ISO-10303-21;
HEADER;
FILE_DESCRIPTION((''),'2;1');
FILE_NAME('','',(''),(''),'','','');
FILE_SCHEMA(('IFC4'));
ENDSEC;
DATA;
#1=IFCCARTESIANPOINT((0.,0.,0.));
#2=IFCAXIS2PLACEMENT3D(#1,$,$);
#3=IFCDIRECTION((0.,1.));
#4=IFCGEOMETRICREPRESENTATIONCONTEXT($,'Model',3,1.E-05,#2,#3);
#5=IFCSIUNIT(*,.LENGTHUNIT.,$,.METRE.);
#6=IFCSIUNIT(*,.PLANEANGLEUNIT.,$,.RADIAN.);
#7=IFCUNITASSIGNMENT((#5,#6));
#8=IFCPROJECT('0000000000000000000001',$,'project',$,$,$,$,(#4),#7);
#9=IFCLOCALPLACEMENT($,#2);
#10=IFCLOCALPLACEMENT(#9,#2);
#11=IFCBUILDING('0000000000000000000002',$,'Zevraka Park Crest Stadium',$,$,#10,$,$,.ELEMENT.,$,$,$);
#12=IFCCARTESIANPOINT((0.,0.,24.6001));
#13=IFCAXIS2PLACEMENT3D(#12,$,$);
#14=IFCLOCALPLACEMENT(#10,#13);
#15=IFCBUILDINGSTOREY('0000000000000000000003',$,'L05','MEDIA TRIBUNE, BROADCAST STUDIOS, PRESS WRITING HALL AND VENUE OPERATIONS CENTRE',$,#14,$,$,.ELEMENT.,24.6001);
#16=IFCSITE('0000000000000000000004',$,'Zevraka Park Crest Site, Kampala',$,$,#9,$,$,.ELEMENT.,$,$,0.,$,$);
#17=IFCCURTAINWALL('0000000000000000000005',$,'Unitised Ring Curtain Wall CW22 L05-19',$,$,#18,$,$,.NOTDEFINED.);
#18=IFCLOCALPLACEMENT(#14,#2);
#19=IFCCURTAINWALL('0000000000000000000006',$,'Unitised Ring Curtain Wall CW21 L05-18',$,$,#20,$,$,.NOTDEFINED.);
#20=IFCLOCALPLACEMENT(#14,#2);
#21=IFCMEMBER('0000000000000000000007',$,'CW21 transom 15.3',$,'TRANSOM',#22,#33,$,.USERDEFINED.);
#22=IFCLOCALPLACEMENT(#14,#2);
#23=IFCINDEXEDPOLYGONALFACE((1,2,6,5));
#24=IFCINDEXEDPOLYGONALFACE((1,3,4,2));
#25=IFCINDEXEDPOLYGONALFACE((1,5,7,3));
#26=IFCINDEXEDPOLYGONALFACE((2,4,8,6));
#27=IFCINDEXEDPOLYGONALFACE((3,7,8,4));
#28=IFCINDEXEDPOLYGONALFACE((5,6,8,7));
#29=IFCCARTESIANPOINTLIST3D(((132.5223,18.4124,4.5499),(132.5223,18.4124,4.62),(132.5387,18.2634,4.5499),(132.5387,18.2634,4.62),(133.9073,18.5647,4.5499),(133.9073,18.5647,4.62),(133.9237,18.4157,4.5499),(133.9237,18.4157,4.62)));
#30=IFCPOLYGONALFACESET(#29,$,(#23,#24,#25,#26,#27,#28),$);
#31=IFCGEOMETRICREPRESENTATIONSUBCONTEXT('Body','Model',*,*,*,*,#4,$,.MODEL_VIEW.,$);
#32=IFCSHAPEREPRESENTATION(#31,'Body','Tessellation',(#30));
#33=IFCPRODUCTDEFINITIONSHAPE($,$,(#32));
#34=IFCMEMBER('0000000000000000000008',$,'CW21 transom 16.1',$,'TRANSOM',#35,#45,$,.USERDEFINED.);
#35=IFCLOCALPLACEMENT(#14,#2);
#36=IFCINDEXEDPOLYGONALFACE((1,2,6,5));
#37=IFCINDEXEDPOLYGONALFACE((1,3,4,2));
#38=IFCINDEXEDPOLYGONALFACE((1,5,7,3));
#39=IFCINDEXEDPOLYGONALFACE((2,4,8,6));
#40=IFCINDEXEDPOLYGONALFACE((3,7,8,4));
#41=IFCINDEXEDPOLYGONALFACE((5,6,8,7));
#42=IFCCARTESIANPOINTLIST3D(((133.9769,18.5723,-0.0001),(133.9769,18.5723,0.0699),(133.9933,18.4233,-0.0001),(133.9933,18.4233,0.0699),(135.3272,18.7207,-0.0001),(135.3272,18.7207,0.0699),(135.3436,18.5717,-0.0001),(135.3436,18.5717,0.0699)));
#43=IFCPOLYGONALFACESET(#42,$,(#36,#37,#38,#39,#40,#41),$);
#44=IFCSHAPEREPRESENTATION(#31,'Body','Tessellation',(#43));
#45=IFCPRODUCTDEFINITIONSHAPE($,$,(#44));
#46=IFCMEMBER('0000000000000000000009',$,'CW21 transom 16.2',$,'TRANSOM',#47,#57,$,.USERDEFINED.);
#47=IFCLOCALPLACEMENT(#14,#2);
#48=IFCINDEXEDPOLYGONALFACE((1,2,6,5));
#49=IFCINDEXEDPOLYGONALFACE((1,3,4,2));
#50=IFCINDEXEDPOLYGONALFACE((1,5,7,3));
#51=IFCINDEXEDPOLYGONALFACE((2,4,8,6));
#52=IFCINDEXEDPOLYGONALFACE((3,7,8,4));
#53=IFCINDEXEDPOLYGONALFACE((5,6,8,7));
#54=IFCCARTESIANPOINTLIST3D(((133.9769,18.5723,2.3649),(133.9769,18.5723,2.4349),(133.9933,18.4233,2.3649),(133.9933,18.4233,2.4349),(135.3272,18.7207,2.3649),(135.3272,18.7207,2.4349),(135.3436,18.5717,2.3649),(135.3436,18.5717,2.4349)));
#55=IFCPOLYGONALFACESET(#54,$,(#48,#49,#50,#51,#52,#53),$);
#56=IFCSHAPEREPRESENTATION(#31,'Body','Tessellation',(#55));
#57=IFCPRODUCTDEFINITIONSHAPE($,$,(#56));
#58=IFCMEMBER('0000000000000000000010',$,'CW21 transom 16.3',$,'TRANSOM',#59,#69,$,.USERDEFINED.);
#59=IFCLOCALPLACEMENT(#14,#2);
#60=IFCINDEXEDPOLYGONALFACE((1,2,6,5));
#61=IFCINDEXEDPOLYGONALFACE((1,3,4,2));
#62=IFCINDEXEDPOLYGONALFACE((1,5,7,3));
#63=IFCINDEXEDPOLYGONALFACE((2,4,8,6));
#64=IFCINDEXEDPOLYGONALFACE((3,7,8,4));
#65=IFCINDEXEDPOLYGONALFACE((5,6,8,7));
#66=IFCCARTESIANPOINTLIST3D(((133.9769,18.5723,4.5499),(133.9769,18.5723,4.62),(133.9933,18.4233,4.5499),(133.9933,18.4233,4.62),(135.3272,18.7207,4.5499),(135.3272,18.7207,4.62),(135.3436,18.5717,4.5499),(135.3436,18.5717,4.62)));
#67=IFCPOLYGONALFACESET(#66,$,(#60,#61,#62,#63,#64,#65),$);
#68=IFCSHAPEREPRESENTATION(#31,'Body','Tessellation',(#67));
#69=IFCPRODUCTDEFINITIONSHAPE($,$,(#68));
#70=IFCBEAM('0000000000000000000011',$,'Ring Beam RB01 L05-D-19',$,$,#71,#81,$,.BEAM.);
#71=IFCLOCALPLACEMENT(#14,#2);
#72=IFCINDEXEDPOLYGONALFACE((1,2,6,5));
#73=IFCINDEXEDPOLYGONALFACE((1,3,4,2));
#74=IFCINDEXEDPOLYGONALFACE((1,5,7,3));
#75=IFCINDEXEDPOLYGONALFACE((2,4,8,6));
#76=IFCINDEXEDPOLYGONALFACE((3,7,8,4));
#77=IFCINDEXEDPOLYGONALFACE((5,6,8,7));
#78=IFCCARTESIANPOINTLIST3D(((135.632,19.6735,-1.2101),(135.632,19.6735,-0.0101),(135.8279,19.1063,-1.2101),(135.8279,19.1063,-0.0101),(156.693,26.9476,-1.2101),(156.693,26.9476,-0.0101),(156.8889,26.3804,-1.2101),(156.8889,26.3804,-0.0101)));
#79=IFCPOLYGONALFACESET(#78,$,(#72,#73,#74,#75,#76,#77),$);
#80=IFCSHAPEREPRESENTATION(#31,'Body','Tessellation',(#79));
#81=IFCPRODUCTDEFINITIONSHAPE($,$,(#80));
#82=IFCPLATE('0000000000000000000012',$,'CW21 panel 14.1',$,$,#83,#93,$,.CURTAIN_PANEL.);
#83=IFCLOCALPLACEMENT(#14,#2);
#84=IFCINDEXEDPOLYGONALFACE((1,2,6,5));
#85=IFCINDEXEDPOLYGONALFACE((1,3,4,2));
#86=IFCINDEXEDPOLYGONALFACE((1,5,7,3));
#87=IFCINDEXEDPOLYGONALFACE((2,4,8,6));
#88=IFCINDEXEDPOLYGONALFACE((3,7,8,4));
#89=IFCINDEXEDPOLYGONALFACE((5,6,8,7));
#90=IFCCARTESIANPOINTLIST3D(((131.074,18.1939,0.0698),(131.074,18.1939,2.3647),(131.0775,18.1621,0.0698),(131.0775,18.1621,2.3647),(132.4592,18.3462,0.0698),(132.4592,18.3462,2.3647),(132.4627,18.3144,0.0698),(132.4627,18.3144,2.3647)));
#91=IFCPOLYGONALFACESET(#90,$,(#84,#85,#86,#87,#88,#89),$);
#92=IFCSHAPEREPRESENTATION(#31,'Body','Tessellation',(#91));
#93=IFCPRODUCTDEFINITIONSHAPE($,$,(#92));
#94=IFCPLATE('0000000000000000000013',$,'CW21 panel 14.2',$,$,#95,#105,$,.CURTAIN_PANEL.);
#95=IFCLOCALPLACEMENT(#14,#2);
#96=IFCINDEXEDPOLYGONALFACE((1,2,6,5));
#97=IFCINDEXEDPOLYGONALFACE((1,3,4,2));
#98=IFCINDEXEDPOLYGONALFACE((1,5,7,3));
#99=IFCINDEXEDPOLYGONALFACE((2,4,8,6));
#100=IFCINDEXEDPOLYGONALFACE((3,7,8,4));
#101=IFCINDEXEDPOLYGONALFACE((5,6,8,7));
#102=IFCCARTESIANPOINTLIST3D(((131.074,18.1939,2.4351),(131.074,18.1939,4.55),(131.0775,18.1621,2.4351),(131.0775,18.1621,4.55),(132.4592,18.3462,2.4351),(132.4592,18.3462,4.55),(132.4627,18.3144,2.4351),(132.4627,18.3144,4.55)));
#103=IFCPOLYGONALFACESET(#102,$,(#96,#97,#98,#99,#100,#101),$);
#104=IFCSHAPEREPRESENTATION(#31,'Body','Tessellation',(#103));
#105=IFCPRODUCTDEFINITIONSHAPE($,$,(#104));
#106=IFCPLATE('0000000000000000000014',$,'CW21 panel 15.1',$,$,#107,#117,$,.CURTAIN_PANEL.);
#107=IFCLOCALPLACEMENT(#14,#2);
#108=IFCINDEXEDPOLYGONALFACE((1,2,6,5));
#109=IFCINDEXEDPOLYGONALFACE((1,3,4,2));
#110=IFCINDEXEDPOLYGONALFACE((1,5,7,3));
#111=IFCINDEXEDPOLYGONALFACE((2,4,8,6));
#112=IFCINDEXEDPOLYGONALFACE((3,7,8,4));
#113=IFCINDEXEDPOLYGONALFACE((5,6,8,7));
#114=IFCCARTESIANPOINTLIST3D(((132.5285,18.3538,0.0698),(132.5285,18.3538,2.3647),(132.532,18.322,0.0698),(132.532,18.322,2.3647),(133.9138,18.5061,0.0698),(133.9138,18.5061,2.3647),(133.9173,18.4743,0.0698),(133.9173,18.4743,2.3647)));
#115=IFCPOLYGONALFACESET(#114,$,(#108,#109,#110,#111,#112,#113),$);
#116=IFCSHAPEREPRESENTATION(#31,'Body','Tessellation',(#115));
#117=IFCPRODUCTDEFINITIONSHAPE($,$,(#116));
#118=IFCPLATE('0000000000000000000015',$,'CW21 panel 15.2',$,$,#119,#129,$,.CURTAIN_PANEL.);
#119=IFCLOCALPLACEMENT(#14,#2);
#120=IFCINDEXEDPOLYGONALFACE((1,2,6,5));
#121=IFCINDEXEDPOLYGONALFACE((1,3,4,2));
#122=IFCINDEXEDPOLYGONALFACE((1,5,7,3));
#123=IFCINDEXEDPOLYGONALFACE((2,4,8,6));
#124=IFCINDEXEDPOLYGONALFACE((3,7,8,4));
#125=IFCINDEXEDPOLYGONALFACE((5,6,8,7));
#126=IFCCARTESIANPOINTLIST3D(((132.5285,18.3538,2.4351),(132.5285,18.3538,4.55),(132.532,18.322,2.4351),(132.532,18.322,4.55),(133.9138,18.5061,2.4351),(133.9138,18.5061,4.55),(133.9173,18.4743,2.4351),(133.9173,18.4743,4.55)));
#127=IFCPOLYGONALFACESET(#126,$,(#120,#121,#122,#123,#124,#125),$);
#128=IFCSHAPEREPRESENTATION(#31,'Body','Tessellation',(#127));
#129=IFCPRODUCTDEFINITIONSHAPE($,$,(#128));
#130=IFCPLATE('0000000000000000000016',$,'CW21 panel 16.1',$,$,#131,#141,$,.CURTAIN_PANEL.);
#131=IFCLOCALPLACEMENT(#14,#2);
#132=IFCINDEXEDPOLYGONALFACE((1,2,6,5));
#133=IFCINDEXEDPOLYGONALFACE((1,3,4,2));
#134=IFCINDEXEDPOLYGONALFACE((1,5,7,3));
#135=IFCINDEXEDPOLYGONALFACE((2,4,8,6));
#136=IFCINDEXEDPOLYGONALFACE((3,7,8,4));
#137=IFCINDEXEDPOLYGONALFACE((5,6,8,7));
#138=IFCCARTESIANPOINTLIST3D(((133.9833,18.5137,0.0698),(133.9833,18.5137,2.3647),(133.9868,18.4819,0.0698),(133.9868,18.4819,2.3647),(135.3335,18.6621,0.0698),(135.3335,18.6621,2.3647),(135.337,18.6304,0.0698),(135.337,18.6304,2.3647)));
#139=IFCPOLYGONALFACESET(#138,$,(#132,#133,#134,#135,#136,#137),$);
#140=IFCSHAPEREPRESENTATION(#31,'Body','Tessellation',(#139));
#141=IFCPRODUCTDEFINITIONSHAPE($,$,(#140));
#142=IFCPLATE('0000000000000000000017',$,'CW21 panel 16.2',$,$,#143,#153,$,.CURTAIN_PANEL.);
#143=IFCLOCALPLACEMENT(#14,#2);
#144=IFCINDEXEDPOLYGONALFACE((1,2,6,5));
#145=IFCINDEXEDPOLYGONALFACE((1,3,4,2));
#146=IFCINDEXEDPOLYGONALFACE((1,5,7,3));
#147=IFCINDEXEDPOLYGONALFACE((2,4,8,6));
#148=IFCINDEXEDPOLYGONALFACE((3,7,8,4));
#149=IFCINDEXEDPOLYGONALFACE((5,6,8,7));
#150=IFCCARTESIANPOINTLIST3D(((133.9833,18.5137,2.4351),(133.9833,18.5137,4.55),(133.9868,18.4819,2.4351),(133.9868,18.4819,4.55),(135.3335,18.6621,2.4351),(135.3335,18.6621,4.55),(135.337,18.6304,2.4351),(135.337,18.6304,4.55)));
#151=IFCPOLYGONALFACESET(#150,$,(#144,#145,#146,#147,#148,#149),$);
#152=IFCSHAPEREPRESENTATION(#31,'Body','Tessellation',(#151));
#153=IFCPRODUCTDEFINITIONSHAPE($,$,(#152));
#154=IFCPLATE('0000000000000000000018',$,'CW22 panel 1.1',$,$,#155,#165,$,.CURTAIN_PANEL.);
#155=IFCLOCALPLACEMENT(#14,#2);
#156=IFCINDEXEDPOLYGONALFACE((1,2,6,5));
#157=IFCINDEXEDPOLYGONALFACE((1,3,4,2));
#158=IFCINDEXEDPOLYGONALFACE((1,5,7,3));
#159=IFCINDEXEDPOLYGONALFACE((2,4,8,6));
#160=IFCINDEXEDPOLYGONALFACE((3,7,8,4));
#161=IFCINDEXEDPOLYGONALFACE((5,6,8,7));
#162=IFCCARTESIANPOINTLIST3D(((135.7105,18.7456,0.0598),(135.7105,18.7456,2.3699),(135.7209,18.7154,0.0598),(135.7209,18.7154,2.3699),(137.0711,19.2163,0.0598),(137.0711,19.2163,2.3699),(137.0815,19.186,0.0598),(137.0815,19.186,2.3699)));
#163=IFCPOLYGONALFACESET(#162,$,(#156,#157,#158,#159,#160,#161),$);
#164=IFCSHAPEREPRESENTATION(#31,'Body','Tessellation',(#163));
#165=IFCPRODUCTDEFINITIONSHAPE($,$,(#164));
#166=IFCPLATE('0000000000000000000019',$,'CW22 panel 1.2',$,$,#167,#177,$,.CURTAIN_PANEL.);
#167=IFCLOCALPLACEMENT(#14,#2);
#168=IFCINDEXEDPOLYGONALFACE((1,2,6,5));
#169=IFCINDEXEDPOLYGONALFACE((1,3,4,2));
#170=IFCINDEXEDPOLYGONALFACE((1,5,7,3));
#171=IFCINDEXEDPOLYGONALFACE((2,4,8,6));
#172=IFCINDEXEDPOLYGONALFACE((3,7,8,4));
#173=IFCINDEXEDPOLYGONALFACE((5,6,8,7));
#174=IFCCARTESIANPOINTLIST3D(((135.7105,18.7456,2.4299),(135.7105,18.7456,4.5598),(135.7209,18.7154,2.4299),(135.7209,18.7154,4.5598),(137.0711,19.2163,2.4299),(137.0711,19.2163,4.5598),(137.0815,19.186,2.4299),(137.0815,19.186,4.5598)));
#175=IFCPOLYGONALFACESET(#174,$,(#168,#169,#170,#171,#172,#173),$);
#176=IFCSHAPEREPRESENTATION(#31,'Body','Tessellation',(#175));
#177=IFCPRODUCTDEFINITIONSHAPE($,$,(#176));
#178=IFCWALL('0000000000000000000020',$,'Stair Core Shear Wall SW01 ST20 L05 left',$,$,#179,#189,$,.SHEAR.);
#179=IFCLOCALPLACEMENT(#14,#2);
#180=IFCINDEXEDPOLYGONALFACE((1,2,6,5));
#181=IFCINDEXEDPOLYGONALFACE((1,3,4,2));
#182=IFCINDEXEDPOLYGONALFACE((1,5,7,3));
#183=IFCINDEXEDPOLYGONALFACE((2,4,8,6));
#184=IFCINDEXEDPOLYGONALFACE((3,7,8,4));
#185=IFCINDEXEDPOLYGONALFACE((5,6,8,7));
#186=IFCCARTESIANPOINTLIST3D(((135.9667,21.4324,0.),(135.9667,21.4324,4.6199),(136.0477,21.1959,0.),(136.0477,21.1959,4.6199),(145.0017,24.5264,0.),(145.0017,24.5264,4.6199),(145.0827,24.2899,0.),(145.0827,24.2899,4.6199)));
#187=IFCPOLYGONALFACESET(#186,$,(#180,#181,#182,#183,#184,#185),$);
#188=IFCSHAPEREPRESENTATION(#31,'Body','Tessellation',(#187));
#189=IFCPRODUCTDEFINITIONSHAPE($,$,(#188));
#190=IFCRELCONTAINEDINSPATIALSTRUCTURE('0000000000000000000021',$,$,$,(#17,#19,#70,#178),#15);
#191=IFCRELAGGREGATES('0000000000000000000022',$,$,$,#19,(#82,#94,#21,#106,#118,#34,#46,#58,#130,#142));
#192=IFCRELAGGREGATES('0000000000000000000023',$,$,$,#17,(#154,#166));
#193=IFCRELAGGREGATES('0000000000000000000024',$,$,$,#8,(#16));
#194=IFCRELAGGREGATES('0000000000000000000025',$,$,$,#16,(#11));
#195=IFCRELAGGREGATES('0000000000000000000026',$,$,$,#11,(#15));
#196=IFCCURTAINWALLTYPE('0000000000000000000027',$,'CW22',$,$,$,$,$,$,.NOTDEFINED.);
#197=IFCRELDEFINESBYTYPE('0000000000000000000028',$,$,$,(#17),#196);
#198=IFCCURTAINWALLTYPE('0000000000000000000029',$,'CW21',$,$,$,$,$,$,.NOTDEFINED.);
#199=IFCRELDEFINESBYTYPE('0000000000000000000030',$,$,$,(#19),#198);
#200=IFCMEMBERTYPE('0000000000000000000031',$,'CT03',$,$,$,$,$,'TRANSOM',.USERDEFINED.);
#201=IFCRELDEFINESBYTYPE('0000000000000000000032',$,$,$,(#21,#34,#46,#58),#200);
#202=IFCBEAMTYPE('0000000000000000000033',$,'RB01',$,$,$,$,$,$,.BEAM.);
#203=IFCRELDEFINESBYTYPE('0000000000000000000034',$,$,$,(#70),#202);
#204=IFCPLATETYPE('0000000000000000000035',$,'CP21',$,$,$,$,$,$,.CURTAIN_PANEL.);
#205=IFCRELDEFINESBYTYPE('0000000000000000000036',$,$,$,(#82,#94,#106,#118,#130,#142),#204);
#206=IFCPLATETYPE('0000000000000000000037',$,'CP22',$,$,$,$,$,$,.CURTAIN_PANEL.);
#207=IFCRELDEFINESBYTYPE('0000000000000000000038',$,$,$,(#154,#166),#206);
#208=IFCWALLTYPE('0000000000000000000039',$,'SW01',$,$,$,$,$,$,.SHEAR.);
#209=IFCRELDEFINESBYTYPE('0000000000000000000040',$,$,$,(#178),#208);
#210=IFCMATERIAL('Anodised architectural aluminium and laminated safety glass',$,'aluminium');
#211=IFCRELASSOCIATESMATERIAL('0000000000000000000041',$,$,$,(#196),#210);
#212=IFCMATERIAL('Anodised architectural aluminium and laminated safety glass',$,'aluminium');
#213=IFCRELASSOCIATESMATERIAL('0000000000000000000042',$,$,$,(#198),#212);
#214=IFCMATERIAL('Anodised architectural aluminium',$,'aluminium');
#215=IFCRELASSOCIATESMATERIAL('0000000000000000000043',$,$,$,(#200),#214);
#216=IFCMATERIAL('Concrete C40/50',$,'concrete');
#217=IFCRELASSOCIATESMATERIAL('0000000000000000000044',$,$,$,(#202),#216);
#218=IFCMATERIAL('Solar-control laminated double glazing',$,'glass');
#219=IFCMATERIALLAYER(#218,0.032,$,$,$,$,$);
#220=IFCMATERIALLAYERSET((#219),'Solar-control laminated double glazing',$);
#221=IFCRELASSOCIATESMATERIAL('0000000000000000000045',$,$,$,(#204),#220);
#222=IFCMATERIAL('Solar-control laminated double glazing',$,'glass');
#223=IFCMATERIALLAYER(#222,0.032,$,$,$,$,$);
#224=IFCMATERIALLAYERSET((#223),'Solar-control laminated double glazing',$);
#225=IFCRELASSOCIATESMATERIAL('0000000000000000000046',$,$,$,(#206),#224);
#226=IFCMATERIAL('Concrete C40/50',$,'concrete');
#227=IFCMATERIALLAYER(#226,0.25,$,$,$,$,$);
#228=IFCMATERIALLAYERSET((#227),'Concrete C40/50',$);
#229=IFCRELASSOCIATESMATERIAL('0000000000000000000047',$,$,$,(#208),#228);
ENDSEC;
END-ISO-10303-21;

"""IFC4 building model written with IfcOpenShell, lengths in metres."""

from ifc_helpers import new_model, si_unit, direction, frame, frame_2d, origin, origin_2d, place, context, subcontext, project, spatial, rectangle, extrude, material, layer, layer_set, material_profile, profile_set, type_object, element, aggregate, save


model = new_model("IFC4")

# Units and contexts
model_context = context("Model", 3, precision=1e-05, world=origin(), true_north=direction((0.0, 1.0)))
body_context = subcontext(model_context, "Body", "Model", "MODEL_VIEW")
ifc_project = project(units=[si_unit("LENGTHUNIT", "METRE"), si_unit("PLANEANGLEUNIT", "RADIAN")], contexts=[model_context])

# Site, building, storey
site_placement = place(None, origin())
site = spatial("IfcSite", under=ifc_project, at=site_placement, Name="Zevraka Park Crest Site, Kampala", CompositionType="ELEMENT", RefElevation=0.0)
building_placement = place(site_placement, origin())
building = spatial("IfcBuilding", under=site, at=building_placement, Name="Zevraka Park Crest Stadium", CompositionType="ELEMENT")
storey_placement = place(building_placement, frame((0.0, 0.0, 24.6001)))
storey = spatial("IfcBuildingStorey", under=building, at=storey_placement, Name="L05", Description="MEDIA TRIBUNE, BROADCAST STUDIOS, PRESS WRITING HALL AND VENUE OPERATIONS CENTRE", CompositionType="ELEMENT", Elevation=24.6001)

# Curtain walls
ifc_material_1 = material(Name="Anodised architectural aluminium and laminated safety glass", Category="aluminium")
curtain_wall_type_1 = type_object("IfcCurtainWallType", Name="CW22", PredefinedType="NOTDEFINED", material=ifc_material_1)
curtain_wall_1_placement = place(storey_placement, origin())
curtain_wall_1 = element("IfcCurtainWall", 1, at=curtain_wall_1_placement, inside=storey, type_object=curtain_wall_type_1, Name="Unitised Ring Curtain Wall CW22 L05-19", PredefinedType="NOTDEFINED")
ifc_material_2 = material(Name="Anodised architectural aluminium and laminated safety glass", Category="aluminium")
curtain_wall_type_2 = type_object("IfcCurtainWallType", Name="CW21", PredefinedType="NOTDEFINED", material=ifc_material_2)
curtain_wall_2_placement = place(storey_placement, origin())
curtain_wall_2 = element("IfcCurtainWall", 2, at=curtain_wall_2_placement, inside=storey, type_object=curtain_wall_type_2, Name="Unitised Ring Curtain Wall CW21 L05-18", PredefinedType="NOTDEFINED")

# Members
ifc_material_3 = material(Name="Anodised architectural aluminium", Category="aluminium")
ifc_material_profile_1 = material_profile(ifc_material_3, rectangle(XDim=0.1499, YDim=0.0701, at=origin_2d()), Name="ALU TRANSOM 150x70")
ifc_profile_set_1 = profile_set([ifc_material_profile_1], Name="Anodised architectural aluminium")
member_type_1 = type_object("IfcMemberType", Name="CT03", ElementType="TRANSOM", PredefinedType="USERDEFINED", material=ifc_profile_set_1)
member_1_placement = place(storey_placement, frame((132.5305, 18.3379, 4.585), z_axis=(0.994005, 0.109335, 0.0), x_axis=(-0.109335, 0.994005, 0.0)))
member_1 = element("IfcMember", 3, at=member_1_placement, type_object=member_type_1, Name="CW21 transom 15.3", ObjectType="TRANSOM", PredefinedType="USERDEFINED", context=body_context, shape_type="SweptSolid", body=[
    extrude(rectangle(XDim=0.1499, YDim=0.0701, at=origin_2d()), origin(), (0.0, 0.0, 1.0), 1.3933),
])
member_2_placement = place(storey_placement, frame((133.9851, 18.4978, 0.0349), z_axis=(0.994012, 0.109268, 0.0), x_axis=(-0.109268, 0.994012, 0.0)))
member_2 = element("IfcMember", 4, at=member_2_placement, type_object=member_type_1, Name="CW21 transom 16.1", ObjectType="TRANSOM", PredefinedType="USERDEFINED", context=body_context, shape_type="SweptSolid", body=[
    extrude(rectangle(XDim=0.1499, YDim=0.0701, at=origin_2d()), origin(), (0.0, 0.0, 1.0), 1.3584),
])
member_3_placement = place(storey_placement, frame((133.9851, 18.4978, 2.3999), z_axis=(0.994012, 0.109268, 0.0), x_axis=(-0.109268, 0.994012, 0.0)))
member_3 = element("IfcMember", 5, at=member_3_placement, type_object=member_type_1, Name="CW21 transom 16.2", ObjectType="TRANSOM", PredefinedType="USERDEFINED", context=body_context, shape_type="SweptSolid", body=[
    extrude(rectangle(XDim=0.1499, YDim=0.0701, at=origin_2d()), origin(), (0.0, 0.0, 1.0), 1.3584),
])
member_4_placement = place(storey_placement, frame((133.9851, 18.4978, 4.585), z_axis=(0.994012, 0.109268, 0.0), x_axis=(-0.109268, 0.994012, 0.0)))
member_4 = element("IfcMember", 6, at=member_4_placement, type_object=member_type_1, Name="CW21 transom 16.3", ObjectType="TRANSOM", PredefinedType="USERDEFINED", context=body_context, shape_type="SweptSolid", body=[
    extrude(rectangle(XDim=0.1499, YDim=0.0701, at=origin_2d()), origin(), (0.0, 0.0, 1.0), 1.3584),
])

# Beam
ifc_material_4 = material(Name="Concrete C40/50", Category="concrete")
ifc_material_profile_2 = material_profile(ifc_material_4, rectangle(XDim=0.6001, YDim=1.2, at=origin_2d()), Name="RC 1200x600")
ifc_profile_set_2 = profile_set([ifc_material_profile_2], Name="Concrete C40/50")
beam_type = type_object("IfcBeamType", Name="RB01", PredefinedType="BEAM", material=ifc_profile_set_2)
beam_placement = place(storey_placement, frame((135.73, 19.3899, -0.6101), z_axis=(0.94521, 0.326462, 0.0), x_axis=(-0.326462, 0.94521, 0.0)))
element("IfcBeam", 7, at=beam_placement, inside=storey, type_object=beam_type, Name="Ring Beam RB01 L05-D-19", PredefinedType="BEAM", context=body_context, shape_type="SweptSolid", body=[
    extrude(rectangle(XDim=0.6001, YDim=1.2, at=origin_2d()), origin(), (0.0, 0.0, 1.0), 22.2817),
])

# Plates
ifc_material_5 = material(Name="Solar-control laminated double glazing", Category="glass")
ifc_layer_1 = layer(ifc_material_5, 0.032)
ifc_layer_set_1 = layer_set([ifc_layer_1], Name="Solar-control laminated double glazing")
plate_type_1 = type_object("IfcPlateType", Name="CP21", PredefinedType="CURTAIN_PANEL", material=ifc_layer_set_1)
plate_1_placement = place(storey_placement, frame((131.7683, 18.2542, 0.0698), z_axis=(0.0, 0.0, 1.0), x_axis=(0.99401, 0.109288, 0.0)))
plate_1 = element("IfcPlate", 8, at=plate_1_placement, type_object=plate_type_1, Name="CW21 panel 14.1", PredefinedType="CURTAIN_PANEL", context=body_context, shape_type="SweptSolid", body=[
    extrude(rectangle(XDim=1.3936, YDim=0.032, at=origin_2d()), origin(), (0.0, 0.0, 1.0), 2.2949),
])
plate_2_placement = place(storey_placement, frame((131.7683, 18.2542, 2.4351), z_axis=(0.0, 0.0, 1.0), x_axis=(0.99401, 0.109288, 0.0)))
plate_2 = element("IfcPlate", 9, at=plate_2_placement, type_object=plate_type_1, Name="CW21 panel 14.2", PredefinedType="CURTAIN_PANEL", context=body_context, shape_type="SweptSolid", body=[
    extrude(rectangle(XDim=1.3936, YDim=0.032, at=origin_2d()), origin(), (0.0, 0.0, 1.0), 2.115),
])
plate_3_placement = place(storey_placement, frame((133.2229, 18.4141, 0.0698), z_axis=(0.0, 0.0, 1.0), x_axis=(0.99401, 0.109288, 0.0)))
plate_3 = element("IfcPlate", 10, at=plate_3_placement, type_object=plate_type_1, Name="CW21 panel 15.1", PredefinedType="CURTAIN_PANEL", context=body_context, shape_type="SweptSolid", body=[
    extrude(rectangle(XDim=1.3936, YDim=0.032, at=origin_2d()), origin(), (0.0, 0.0, 1.0), 2.2949),
])
plate_4_placement = place(storey_placement, frame((133.2229, 18.4141, 2.4351), z_axis=(0.0, 0.0, 1.0), x_axis=(0.99401, 0.109288, 0.0)))
plate_4 = element("IfcPlate", 11, at=plate_4_placement, type_object=plate_type_1, Name="CW21 panel 15.2", PredefinedType="CURTAIN_PANEL", context=body_context, shape_type="SweptSolid", body=[
    extrude(rectangle(XDim=1.3936, YDim=0.032, at=origin_2d()), origin(), (0.0, 0.0, 1.0), 2.115),
])
plate_5_placement = place(storey_placement, frame((134.6602, 18.572, 0.0698), z_axis=(0.0, 0.0, 1.0), x_axis=(0.99401, 0.109288, 0.0)))
plate_5 = element("IfcPlate", 12, at=plate_5_placement, type_object=plate_type_1, Name="CW21 panel 16.1", PredefinedType="CURTAIN_PANEL", context=body_context, shape_type="SweptSolid", body=[
    extrude(rectangle(XDim=1.3584, YDim=0.032, at=origin_2d()), origin(), (0.0, 0.0, 1.0), 2.2949),
])
plate_6_placement = place(storey_placement, frame((134.6602, 18.572, 2.4351), z_axis=(0.0, 0.0, 1.0), x_axis=(0.99401, 0.109288, 0.0)))
plate_6 = element("IfcPlate", 13, at=plate_6_placement, type_object=plate_type_1, Name="CW21 panel 16.2", PredefinedType="CURTAIN_PANEL", context=body_context, shape_type="SweptSolid", body=[
    extrude(rectangle(XDim=1.3584, YDim=0.032, at=origin_2d()), origin(), (0.0, 0.0, 1.0), 2.115),
])
aggregate(curtain_wall_2, [plate_1, plate_2, member_1, plate_3, plate_4, member_2, member_3, member_4, plate_5, plate_6])
ifc_material_6 = material(Name="Solar-control laminated double glazing", Category="glass")
ifc_layer_2 = layer(ifc_material_6, 0.032)
ifc_layer_set_2 = layer_set([ifc_layer_2], Name="Solar-control laminated double glazing")
plate_type_2 = type_object("IfcPlateType", Name="CP22", PredefinedType="CURTAIN_PANEL", material=ifc_layer_set_2)
plate_7_placement = place(storey_placement, frame((136.396, 18.9658, 0.0598), z_axis=(0.0, 0.0, 1.0), x_axis=(0.945049, 0.326929, 0.0)))
plate_7 = element("IfcPlate", 14, at=plate_7_placement, type_object=plate_type_2, Name="CW22 panel 1.1", PredefinedType="CURTAIN_PANEL", context=body_context, shape_type="SweptSolid", body=[
    extrude(rectangle(XDim=1.4397, YDim=0.032, at=origin_2d()), origin(), (0.0, 0.0, 1.0), 2.3101),
])
plate_8_placement = place(storey_placement, frame((136.396, 18.9658, 2.4299), z_axis=(0.0, 0.0, 1.0), x_axis=(0.945049, 0.326929, 0.0)))
plate_8 = element("IfcPlate", 15, at=plate_8_placement, type_object=plate_type_2, Name="CW22 panel 1.2", PredefinedType="CURTAIN_PANEL", context=body_context, shape_type="SweptSolid", body=[
    extrude(rectangle(XDim=1.4397, YDim=0.032, at=origin_2d()), origin(), (0.0, 0.0, 1.0), 2.1299),
])
aggregate(curtain_wall_1, [plate_7, plate_8])

# Wall
ifc_material_7 = material(Name="Concrete C40/50", Category="concrete")
ifc_layer_3 = layer(ifc_material_7, 0.25)
ifc_layer_set_3 = layer_set([ifc_layer_3], Name="Concrete C40/50")
wall_type = type_object("IfcWallType", Name="SW01", PredefinedType="SHEAR", material=ifc_layer_set_3)
wall_placement = place(storey_placement, frame((136.0073, 21.3142, 0.0), z_axis=(0.0, 0.0, 1.0), x_axis=(0.946064, 0.323979, 0.0)))
element("IfcWall", 16, at=wall_placement, inside=storey, type_object=wall_type, Name="Stair Core Shear Wall SW01 ST20 L05 left", PredefinedType="SHEAR", context=body_context, shape_type="SweptSolid", body=[
    extrude(rectangle(XDim=9.55, YDim=0.25, at=frame_2d((4.7749, 0.0))), origin(), (0.0, 0.0, 1.0), 4.6199),
])

save(model, "model.ifc")
